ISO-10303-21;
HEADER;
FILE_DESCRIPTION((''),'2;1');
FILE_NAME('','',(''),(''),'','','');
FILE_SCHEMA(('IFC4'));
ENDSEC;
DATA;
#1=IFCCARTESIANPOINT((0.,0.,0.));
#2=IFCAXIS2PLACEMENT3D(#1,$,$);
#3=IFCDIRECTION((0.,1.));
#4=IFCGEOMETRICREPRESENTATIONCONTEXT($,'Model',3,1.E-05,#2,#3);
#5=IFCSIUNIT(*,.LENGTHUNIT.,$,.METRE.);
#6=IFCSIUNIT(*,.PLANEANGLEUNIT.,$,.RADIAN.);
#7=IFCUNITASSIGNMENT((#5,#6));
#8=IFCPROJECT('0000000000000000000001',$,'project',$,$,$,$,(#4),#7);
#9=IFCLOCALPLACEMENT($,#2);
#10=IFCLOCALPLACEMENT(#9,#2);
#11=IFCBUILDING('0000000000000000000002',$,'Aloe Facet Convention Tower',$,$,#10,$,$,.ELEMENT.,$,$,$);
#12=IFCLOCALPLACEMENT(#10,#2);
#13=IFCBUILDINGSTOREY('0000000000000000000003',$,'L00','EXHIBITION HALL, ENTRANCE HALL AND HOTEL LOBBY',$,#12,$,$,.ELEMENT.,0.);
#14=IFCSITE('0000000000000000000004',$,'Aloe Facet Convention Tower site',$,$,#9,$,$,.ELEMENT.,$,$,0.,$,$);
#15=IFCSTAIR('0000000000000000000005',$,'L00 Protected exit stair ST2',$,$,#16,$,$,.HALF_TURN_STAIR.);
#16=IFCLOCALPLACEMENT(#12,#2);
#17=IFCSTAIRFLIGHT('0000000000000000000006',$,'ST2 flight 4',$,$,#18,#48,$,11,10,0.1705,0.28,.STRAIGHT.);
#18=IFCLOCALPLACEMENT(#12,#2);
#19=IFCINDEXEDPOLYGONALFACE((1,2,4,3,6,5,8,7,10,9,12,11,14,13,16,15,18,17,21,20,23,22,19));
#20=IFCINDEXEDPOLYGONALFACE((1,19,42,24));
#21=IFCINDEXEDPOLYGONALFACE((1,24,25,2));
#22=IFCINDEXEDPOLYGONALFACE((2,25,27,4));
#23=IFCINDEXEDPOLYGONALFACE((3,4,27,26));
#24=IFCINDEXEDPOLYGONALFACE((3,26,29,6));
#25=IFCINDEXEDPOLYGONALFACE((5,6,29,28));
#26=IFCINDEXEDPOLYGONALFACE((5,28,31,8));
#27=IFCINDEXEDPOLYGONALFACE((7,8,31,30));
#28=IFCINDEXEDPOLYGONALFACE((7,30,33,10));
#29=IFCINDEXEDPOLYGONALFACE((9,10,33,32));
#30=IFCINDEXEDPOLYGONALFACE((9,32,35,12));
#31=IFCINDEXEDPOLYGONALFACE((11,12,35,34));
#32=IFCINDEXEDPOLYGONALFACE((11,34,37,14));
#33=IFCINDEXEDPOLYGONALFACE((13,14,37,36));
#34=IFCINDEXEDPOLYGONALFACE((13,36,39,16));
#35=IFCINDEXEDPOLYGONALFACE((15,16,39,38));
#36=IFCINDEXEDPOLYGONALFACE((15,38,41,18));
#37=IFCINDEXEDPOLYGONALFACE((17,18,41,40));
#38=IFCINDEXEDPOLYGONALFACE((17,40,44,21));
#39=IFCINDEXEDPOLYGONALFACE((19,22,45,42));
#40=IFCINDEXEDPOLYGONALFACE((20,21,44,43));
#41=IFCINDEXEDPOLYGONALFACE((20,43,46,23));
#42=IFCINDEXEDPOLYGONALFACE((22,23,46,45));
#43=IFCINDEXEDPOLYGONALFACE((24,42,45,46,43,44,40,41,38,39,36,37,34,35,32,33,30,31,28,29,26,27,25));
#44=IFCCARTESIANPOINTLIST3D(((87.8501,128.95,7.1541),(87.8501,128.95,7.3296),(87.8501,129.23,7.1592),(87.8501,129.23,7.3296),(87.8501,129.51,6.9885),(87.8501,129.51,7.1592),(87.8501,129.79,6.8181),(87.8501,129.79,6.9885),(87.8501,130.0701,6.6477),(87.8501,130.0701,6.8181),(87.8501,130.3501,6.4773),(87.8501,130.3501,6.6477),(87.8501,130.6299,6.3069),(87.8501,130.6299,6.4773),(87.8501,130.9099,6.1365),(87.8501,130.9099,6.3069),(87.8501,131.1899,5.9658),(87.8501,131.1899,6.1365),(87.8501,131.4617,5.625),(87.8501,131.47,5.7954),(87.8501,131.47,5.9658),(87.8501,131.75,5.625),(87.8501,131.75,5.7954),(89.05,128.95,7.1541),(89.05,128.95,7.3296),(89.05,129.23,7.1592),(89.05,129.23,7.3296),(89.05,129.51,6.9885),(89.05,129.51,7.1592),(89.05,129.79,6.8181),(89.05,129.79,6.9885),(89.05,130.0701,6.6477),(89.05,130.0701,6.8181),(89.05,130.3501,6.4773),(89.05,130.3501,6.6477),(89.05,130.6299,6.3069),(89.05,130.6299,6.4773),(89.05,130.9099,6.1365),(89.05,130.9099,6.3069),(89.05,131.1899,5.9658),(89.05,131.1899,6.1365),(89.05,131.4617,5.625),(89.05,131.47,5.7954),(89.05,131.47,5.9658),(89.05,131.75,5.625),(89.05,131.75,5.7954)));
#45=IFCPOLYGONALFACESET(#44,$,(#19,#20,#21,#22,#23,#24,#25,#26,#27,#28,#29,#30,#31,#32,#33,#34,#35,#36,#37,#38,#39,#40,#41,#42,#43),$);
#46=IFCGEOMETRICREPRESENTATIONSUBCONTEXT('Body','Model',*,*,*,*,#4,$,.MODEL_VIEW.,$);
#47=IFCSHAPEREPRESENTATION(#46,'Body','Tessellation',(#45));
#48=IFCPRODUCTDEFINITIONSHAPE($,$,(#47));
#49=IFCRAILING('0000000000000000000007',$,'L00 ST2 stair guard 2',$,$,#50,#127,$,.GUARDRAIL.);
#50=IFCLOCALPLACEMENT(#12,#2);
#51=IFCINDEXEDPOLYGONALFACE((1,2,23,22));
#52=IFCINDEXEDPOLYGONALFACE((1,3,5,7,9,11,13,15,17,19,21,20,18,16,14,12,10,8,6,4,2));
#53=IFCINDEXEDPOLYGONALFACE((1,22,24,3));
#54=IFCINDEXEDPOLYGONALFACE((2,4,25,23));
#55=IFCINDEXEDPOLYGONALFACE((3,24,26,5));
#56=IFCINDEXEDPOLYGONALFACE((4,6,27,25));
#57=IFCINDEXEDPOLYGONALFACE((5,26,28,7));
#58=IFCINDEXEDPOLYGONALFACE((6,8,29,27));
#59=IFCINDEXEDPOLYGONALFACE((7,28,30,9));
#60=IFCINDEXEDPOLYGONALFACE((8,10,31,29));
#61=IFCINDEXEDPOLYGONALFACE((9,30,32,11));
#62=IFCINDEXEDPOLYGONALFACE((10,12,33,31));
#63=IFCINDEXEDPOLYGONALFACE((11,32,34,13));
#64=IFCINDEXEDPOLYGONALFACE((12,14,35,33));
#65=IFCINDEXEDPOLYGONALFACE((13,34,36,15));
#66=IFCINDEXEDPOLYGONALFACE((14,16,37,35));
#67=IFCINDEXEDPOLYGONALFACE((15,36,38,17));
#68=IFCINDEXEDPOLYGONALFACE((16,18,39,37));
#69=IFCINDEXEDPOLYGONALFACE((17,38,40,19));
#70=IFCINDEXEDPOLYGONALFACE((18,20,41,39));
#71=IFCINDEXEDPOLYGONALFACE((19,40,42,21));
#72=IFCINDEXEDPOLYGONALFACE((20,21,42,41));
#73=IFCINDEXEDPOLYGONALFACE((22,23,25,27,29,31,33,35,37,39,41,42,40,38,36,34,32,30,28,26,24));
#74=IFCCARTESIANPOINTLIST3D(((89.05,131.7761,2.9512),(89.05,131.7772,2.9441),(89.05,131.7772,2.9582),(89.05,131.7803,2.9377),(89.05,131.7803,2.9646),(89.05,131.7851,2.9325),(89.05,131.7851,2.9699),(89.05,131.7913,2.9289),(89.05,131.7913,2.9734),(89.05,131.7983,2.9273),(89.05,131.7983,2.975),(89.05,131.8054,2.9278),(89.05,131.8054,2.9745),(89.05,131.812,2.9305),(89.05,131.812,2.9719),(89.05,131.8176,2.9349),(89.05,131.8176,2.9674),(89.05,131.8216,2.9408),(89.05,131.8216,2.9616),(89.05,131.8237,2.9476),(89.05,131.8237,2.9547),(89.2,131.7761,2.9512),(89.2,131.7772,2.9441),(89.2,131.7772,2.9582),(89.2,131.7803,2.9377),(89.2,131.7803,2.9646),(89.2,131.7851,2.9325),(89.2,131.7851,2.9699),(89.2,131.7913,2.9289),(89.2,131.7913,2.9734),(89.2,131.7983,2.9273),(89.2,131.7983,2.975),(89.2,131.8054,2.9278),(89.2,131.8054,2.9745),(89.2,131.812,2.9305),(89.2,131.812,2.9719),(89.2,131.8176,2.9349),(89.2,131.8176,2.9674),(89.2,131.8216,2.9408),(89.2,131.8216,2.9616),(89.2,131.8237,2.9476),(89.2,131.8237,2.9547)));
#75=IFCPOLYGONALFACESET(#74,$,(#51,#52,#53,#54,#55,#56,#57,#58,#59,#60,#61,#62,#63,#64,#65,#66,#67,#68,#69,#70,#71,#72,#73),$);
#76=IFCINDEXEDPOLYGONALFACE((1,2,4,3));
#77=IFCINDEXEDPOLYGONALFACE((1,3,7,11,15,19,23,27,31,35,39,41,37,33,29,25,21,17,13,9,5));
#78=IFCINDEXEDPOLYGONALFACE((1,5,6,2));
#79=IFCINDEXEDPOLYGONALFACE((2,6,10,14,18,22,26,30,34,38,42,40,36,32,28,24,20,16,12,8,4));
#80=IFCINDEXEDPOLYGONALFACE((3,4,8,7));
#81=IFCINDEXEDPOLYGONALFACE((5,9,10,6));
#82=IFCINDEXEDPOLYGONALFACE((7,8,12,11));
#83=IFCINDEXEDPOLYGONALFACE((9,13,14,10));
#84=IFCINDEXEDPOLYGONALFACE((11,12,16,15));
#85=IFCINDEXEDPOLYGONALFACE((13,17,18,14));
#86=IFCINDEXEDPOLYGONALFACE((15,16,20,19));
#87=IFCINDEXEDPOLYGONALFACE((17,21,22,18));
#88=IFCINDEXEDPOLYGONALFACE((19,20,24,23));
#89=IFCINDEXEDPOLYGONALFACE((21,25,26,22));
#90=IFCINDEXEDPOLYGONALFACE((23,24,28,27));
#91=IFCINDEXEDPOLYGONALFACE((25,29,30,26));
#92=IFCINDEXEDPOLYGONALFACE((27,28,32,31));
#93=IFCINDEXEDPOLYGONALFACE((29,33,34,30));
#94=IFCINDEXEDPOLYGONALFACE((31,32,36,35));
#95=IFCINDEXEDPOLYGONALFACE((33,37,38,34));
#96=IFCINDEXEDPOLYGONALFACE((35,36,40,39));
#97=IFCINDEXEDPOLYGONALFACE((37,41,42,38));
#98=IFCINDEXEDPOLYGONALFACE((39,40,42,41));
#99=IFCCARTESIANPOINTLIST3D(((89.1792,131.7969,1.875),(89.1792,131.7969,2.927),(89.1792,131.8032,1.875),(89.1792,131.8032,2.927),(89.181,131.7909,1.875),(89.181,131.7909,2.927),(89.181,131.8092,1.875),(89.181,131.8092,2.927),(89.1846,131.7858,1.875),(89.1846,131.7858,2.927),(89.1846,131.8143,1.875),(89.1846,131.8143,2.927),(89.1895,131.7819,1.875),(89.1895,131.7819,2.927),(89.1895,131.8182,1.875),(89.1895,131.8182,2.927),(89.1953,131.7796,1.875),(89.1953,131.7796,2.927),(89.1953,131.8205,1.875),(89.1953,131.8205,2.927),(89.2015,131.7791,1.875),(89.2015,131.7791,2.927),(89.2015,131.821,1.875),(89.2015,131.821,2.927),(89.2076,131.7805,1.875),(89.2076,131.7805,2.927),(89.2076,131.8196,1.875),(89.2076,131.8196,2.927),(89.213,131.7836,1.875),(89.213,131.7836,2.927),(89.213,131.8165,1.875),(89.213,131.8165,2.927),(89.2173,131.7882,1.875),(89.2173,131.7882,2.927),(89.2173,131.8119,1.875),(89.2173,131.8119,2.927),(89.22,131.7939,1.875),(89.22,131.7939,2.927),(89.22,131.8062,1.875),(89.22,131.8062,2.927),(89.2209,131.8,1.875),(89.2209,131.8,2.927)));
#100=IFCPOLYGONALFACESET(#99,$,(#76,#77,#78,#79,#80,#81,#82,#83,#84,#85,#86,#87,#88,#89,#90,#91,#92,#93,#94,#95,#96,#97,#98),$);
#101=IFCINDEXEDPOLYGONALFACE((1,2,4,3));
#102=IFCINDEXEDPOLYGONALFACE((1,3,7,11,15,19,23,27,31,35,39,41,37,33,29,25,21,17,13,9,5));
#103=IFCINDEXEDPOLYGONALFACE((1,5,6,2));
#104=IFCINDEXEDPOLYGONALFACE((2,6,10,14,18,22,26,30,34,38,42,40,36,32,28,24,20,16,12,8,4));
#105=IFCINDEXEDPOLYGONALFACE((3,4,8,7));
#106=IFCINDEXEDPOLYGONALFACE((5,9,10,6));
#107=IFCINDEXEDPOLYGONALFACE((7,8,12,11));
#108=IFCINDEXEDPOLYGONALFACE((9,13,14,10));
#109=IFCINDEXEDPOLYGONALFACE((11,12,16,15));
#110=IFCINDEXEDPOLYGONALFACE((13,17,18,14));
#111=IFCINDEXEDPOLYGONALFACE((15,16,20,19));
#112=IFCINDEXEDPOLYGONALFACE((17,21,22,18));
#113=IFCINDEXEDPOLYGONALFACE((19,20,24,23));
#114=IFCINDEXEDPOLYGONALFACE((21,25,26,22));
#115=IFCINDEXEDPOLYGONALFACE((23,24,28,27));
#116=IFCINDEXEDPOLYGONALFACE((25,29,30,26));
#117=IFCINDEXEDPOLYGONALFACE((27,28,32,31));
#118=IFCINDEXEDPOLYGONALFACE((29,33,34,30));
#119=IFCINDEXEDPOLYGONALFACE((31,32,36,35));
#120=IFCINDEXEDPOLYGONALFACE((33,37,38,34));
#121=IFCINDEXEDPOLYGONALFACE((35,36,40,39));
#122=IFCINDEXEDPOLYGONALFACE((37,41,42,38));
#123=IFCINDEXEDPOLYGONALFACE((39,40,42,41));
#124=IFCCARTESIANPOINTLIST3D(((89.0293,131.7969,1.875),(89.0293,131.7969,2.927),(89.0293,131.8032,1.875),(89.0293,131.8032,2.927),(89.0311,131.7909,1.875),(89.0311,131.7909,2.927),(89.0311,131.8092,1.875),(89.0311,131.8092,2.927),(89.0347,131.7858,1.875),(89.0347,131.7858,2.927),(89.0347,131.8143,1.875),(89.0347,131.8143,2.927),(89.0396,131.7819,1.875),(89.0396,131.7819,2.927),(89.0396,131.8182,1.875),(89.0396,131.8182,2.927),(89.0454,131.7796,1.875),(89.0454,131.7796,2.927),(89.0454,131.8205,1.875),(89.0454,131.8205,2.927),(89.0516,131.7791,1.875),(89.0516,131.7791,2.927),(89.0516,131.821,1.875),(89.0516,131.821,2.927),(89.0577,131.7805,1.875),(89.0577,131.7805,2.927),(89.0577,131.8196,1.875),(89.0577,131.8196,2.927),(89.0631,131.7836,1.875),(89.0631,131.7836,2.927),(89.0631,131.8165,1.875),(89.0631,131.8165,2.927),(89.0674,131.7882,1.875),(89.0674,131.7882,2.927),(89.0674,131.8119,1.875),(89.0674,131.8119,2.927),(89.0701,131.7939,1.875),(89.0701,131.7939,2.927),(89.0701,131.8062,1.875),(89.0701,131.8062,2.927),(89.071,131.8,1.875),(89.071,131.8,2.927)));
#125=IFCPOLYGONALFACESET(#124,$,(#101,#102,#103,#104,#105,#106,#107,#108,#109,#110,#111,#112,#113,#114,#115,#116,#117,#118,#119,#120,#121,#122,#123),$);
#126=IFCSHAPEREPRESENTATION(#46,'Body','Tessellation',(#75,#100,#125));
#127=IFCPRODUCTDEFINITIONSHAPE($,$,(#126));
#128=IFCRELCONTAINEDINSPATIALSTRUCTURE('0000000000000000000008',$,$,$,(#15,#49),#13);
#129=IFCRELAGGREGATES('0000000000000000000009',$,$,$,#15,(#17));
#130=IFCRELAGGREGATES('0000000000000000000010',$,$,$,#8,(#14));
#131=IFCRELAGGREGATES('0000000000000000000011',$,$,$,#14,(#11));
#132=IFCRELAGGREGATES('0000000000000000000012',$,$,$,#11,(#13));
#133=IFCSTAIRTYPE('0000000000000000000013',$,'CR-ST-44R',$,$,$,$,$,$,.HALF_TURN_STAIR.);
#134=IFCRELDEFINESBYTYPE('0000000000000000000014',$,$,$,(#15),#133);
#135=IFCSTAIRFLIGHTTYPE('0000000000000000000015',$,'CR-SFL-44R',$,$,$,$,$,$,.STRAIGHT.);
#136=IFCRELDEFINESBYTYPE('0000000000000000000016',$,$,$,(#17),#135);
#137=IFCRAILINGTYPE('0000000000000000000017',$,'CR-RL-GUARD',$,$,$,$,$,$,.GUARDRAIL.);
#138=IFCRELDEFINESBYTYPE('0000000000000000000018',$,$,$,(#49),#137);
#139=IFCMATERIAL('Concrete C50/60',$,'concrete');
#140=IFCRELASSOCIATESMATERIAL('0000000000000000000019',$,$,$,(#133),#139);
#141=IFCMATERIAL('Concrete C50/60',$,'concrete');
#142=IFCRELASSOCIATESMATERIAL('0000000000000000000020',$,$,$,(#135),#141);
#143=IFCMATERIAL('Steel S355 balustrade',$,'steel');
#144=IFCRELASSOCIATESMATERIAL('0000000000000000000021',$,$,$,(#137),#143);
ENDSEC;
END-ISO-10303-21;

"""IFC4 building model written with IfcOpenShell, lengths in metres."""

from ifc_helpers import new_model, si_unit, direction, frame, origin, origin_2d, place, context, subcontext, project, spatial, polyline, circle, outline, extrude, material, type_object, element, aggregate, save


model = new_model("IFC4")

# Units and contexts
model_context = context("Model", 3, precision=1e-05, world=origin(), true_north=direction((0.0, 1.0)))
body_context = subcontext(model_context, "Body", "Model", "MODEL_VIEW")
ifc_project = project(units=[si_unit("LENGTHUNIT", "METRE"), si_unit("PLANEANGLEUNIT", "RADIAN")], contexts=[model_context])

# Site, building, storey
site_placement = place(None, origin())
site = spatial("IfcSite", under=ifc_project, at=site_placement, Name="Aloe Facet Convention Tower site", CompositionType="ELEMENT", RefElevation=0.0)
building_placement = place(site_placement, origin())
building = spatial("IfcBuilding", under=site, at=building_placement, Name="Aloe Facet Convention Tower", CompositionType="ELEMENT")
storey_placement = place(building_placement, origin())
storey = spatial("IfcBuildingStorey", under=building, at=storey_placement, Name="L00", Description="EXHIBITION HALL, ENTRANCE HALL AND HOTEL LOBBY", CompositionType="ELEMENT", Elevation=0.0)

# Stair, stair flight
ifc_material_1 = material(Name="Concrete C50/60", Category="concrete")
stair_type = type_object("IfcStairType", Name="CR-ST-44R", PredefinedType="HALF_TURN_STAIR", material=ifc_material_1)
stair_placement = place(storey_placement, origin())
stair = element("IfcStair", 1, at=stair_placement, inside=storey, type_object=stair_type, Name="L00 Protected exit stair ST2", PredefinedType="HALF_TURN_STAIR")
ifc_material_2 = material(Name="Concrete C50/60", Category="concrete")
stair_flight_type = type_object("IfcStairFlightType", Name="CR-SFL-44R", PredefinedType="STRAIGHT", material=ifc_material_2)
stair_flight_1_placement = place(storey_placement, frame((88.45, 131.75, 5.625), z_axis=(0.0, 0.0, 1.0), x_axis=(0.0, -1.0, 0.0)))
stair_flight_1 = element("IfcStairFlight", 2, at=stair_flight_1_placement, type_object=stair_flight_type, Name="ST2 flight 4", NumberOfRisers=11, NumberOfTreads=10, PredefinedType="STRAIGHT", RiserHeight=0.1705, TreadLength=0.28, context=body_context, shape_type="SweptSolid", body=[
    extrude(outline(polyline([(0.0, 0.0), (0.0, 0.1704), (0.28, 0.1704), (0.28, 0.3408), (0.5601, 0.3408), (0.5601, 0.5115), (0.8401, 0.5115), (0.8401, 0.6819), (1.1201, 0.6819), (1.1201, 0.8523), (1.3999, 0.8523), (1.3999, 1.0227), (1.6799, 1.0227), (1.6799, 1.1931), (1.96, 1.1931), (1.96, 1.3635), (2.24, 1.3635), (2.24, 1.5342), (2.52, 1.5342), (2.52, 1.7046), (2.8, 1.7046), (2.8, 1.875), (2.8, 1.5291), (0.2883, 0.0), (0.0, 0.0)])), frame((0.0, 0.6001, 0.0), z_axis=(0.0, -1.0, 0.0), x_axis=(1.0, 0.0, 0.0)), (0.0, 0.0, 1.0), 1.2),
])
aggregate(stair, [stair_flight_1])

# Railing
ifc_material_3 = material(Name="Steel S355 balustrade", Category="steel")
railing_type_1 = type_object("IfcRailingType", Name="CR-RL-GUARD", PredefinedType="GUARDRAIL", material=ifc_material_3)
railing_1_placement = place(storey_placement, frame((89.2, 131.8, 1.875)))
element("IfcRailing", 3, at=railing_1_placement, inside=storey, type_object=railing_type_1, Name="L00 ST2 stair guard 2", PredefinedType="GUARDRAIL", context=body_context, shape_type="SweptSolid", body=[
    extrude(circle(Radius=0.0239, at=origin_2d()), frame((0.0, 0.0, 1.0762), z_axis=(-1.0, 0.0, 0.0), x_axis=(0.0, -1.0, 0.0)), (0.0, 0.0, 1.0), 0.1499),
    extrude(circle(Radius=0.021, at=origin_2d()), origin(), (0.0, 0.0, 1.0), 1.052),
    extrude(circle(Radius=0.021, at=origin_2d()), frame((-0.1499, 0.0, 0.0)), (0.0, 0.0, 1.0), 1.052),
])

save(model, "model.ifc")
